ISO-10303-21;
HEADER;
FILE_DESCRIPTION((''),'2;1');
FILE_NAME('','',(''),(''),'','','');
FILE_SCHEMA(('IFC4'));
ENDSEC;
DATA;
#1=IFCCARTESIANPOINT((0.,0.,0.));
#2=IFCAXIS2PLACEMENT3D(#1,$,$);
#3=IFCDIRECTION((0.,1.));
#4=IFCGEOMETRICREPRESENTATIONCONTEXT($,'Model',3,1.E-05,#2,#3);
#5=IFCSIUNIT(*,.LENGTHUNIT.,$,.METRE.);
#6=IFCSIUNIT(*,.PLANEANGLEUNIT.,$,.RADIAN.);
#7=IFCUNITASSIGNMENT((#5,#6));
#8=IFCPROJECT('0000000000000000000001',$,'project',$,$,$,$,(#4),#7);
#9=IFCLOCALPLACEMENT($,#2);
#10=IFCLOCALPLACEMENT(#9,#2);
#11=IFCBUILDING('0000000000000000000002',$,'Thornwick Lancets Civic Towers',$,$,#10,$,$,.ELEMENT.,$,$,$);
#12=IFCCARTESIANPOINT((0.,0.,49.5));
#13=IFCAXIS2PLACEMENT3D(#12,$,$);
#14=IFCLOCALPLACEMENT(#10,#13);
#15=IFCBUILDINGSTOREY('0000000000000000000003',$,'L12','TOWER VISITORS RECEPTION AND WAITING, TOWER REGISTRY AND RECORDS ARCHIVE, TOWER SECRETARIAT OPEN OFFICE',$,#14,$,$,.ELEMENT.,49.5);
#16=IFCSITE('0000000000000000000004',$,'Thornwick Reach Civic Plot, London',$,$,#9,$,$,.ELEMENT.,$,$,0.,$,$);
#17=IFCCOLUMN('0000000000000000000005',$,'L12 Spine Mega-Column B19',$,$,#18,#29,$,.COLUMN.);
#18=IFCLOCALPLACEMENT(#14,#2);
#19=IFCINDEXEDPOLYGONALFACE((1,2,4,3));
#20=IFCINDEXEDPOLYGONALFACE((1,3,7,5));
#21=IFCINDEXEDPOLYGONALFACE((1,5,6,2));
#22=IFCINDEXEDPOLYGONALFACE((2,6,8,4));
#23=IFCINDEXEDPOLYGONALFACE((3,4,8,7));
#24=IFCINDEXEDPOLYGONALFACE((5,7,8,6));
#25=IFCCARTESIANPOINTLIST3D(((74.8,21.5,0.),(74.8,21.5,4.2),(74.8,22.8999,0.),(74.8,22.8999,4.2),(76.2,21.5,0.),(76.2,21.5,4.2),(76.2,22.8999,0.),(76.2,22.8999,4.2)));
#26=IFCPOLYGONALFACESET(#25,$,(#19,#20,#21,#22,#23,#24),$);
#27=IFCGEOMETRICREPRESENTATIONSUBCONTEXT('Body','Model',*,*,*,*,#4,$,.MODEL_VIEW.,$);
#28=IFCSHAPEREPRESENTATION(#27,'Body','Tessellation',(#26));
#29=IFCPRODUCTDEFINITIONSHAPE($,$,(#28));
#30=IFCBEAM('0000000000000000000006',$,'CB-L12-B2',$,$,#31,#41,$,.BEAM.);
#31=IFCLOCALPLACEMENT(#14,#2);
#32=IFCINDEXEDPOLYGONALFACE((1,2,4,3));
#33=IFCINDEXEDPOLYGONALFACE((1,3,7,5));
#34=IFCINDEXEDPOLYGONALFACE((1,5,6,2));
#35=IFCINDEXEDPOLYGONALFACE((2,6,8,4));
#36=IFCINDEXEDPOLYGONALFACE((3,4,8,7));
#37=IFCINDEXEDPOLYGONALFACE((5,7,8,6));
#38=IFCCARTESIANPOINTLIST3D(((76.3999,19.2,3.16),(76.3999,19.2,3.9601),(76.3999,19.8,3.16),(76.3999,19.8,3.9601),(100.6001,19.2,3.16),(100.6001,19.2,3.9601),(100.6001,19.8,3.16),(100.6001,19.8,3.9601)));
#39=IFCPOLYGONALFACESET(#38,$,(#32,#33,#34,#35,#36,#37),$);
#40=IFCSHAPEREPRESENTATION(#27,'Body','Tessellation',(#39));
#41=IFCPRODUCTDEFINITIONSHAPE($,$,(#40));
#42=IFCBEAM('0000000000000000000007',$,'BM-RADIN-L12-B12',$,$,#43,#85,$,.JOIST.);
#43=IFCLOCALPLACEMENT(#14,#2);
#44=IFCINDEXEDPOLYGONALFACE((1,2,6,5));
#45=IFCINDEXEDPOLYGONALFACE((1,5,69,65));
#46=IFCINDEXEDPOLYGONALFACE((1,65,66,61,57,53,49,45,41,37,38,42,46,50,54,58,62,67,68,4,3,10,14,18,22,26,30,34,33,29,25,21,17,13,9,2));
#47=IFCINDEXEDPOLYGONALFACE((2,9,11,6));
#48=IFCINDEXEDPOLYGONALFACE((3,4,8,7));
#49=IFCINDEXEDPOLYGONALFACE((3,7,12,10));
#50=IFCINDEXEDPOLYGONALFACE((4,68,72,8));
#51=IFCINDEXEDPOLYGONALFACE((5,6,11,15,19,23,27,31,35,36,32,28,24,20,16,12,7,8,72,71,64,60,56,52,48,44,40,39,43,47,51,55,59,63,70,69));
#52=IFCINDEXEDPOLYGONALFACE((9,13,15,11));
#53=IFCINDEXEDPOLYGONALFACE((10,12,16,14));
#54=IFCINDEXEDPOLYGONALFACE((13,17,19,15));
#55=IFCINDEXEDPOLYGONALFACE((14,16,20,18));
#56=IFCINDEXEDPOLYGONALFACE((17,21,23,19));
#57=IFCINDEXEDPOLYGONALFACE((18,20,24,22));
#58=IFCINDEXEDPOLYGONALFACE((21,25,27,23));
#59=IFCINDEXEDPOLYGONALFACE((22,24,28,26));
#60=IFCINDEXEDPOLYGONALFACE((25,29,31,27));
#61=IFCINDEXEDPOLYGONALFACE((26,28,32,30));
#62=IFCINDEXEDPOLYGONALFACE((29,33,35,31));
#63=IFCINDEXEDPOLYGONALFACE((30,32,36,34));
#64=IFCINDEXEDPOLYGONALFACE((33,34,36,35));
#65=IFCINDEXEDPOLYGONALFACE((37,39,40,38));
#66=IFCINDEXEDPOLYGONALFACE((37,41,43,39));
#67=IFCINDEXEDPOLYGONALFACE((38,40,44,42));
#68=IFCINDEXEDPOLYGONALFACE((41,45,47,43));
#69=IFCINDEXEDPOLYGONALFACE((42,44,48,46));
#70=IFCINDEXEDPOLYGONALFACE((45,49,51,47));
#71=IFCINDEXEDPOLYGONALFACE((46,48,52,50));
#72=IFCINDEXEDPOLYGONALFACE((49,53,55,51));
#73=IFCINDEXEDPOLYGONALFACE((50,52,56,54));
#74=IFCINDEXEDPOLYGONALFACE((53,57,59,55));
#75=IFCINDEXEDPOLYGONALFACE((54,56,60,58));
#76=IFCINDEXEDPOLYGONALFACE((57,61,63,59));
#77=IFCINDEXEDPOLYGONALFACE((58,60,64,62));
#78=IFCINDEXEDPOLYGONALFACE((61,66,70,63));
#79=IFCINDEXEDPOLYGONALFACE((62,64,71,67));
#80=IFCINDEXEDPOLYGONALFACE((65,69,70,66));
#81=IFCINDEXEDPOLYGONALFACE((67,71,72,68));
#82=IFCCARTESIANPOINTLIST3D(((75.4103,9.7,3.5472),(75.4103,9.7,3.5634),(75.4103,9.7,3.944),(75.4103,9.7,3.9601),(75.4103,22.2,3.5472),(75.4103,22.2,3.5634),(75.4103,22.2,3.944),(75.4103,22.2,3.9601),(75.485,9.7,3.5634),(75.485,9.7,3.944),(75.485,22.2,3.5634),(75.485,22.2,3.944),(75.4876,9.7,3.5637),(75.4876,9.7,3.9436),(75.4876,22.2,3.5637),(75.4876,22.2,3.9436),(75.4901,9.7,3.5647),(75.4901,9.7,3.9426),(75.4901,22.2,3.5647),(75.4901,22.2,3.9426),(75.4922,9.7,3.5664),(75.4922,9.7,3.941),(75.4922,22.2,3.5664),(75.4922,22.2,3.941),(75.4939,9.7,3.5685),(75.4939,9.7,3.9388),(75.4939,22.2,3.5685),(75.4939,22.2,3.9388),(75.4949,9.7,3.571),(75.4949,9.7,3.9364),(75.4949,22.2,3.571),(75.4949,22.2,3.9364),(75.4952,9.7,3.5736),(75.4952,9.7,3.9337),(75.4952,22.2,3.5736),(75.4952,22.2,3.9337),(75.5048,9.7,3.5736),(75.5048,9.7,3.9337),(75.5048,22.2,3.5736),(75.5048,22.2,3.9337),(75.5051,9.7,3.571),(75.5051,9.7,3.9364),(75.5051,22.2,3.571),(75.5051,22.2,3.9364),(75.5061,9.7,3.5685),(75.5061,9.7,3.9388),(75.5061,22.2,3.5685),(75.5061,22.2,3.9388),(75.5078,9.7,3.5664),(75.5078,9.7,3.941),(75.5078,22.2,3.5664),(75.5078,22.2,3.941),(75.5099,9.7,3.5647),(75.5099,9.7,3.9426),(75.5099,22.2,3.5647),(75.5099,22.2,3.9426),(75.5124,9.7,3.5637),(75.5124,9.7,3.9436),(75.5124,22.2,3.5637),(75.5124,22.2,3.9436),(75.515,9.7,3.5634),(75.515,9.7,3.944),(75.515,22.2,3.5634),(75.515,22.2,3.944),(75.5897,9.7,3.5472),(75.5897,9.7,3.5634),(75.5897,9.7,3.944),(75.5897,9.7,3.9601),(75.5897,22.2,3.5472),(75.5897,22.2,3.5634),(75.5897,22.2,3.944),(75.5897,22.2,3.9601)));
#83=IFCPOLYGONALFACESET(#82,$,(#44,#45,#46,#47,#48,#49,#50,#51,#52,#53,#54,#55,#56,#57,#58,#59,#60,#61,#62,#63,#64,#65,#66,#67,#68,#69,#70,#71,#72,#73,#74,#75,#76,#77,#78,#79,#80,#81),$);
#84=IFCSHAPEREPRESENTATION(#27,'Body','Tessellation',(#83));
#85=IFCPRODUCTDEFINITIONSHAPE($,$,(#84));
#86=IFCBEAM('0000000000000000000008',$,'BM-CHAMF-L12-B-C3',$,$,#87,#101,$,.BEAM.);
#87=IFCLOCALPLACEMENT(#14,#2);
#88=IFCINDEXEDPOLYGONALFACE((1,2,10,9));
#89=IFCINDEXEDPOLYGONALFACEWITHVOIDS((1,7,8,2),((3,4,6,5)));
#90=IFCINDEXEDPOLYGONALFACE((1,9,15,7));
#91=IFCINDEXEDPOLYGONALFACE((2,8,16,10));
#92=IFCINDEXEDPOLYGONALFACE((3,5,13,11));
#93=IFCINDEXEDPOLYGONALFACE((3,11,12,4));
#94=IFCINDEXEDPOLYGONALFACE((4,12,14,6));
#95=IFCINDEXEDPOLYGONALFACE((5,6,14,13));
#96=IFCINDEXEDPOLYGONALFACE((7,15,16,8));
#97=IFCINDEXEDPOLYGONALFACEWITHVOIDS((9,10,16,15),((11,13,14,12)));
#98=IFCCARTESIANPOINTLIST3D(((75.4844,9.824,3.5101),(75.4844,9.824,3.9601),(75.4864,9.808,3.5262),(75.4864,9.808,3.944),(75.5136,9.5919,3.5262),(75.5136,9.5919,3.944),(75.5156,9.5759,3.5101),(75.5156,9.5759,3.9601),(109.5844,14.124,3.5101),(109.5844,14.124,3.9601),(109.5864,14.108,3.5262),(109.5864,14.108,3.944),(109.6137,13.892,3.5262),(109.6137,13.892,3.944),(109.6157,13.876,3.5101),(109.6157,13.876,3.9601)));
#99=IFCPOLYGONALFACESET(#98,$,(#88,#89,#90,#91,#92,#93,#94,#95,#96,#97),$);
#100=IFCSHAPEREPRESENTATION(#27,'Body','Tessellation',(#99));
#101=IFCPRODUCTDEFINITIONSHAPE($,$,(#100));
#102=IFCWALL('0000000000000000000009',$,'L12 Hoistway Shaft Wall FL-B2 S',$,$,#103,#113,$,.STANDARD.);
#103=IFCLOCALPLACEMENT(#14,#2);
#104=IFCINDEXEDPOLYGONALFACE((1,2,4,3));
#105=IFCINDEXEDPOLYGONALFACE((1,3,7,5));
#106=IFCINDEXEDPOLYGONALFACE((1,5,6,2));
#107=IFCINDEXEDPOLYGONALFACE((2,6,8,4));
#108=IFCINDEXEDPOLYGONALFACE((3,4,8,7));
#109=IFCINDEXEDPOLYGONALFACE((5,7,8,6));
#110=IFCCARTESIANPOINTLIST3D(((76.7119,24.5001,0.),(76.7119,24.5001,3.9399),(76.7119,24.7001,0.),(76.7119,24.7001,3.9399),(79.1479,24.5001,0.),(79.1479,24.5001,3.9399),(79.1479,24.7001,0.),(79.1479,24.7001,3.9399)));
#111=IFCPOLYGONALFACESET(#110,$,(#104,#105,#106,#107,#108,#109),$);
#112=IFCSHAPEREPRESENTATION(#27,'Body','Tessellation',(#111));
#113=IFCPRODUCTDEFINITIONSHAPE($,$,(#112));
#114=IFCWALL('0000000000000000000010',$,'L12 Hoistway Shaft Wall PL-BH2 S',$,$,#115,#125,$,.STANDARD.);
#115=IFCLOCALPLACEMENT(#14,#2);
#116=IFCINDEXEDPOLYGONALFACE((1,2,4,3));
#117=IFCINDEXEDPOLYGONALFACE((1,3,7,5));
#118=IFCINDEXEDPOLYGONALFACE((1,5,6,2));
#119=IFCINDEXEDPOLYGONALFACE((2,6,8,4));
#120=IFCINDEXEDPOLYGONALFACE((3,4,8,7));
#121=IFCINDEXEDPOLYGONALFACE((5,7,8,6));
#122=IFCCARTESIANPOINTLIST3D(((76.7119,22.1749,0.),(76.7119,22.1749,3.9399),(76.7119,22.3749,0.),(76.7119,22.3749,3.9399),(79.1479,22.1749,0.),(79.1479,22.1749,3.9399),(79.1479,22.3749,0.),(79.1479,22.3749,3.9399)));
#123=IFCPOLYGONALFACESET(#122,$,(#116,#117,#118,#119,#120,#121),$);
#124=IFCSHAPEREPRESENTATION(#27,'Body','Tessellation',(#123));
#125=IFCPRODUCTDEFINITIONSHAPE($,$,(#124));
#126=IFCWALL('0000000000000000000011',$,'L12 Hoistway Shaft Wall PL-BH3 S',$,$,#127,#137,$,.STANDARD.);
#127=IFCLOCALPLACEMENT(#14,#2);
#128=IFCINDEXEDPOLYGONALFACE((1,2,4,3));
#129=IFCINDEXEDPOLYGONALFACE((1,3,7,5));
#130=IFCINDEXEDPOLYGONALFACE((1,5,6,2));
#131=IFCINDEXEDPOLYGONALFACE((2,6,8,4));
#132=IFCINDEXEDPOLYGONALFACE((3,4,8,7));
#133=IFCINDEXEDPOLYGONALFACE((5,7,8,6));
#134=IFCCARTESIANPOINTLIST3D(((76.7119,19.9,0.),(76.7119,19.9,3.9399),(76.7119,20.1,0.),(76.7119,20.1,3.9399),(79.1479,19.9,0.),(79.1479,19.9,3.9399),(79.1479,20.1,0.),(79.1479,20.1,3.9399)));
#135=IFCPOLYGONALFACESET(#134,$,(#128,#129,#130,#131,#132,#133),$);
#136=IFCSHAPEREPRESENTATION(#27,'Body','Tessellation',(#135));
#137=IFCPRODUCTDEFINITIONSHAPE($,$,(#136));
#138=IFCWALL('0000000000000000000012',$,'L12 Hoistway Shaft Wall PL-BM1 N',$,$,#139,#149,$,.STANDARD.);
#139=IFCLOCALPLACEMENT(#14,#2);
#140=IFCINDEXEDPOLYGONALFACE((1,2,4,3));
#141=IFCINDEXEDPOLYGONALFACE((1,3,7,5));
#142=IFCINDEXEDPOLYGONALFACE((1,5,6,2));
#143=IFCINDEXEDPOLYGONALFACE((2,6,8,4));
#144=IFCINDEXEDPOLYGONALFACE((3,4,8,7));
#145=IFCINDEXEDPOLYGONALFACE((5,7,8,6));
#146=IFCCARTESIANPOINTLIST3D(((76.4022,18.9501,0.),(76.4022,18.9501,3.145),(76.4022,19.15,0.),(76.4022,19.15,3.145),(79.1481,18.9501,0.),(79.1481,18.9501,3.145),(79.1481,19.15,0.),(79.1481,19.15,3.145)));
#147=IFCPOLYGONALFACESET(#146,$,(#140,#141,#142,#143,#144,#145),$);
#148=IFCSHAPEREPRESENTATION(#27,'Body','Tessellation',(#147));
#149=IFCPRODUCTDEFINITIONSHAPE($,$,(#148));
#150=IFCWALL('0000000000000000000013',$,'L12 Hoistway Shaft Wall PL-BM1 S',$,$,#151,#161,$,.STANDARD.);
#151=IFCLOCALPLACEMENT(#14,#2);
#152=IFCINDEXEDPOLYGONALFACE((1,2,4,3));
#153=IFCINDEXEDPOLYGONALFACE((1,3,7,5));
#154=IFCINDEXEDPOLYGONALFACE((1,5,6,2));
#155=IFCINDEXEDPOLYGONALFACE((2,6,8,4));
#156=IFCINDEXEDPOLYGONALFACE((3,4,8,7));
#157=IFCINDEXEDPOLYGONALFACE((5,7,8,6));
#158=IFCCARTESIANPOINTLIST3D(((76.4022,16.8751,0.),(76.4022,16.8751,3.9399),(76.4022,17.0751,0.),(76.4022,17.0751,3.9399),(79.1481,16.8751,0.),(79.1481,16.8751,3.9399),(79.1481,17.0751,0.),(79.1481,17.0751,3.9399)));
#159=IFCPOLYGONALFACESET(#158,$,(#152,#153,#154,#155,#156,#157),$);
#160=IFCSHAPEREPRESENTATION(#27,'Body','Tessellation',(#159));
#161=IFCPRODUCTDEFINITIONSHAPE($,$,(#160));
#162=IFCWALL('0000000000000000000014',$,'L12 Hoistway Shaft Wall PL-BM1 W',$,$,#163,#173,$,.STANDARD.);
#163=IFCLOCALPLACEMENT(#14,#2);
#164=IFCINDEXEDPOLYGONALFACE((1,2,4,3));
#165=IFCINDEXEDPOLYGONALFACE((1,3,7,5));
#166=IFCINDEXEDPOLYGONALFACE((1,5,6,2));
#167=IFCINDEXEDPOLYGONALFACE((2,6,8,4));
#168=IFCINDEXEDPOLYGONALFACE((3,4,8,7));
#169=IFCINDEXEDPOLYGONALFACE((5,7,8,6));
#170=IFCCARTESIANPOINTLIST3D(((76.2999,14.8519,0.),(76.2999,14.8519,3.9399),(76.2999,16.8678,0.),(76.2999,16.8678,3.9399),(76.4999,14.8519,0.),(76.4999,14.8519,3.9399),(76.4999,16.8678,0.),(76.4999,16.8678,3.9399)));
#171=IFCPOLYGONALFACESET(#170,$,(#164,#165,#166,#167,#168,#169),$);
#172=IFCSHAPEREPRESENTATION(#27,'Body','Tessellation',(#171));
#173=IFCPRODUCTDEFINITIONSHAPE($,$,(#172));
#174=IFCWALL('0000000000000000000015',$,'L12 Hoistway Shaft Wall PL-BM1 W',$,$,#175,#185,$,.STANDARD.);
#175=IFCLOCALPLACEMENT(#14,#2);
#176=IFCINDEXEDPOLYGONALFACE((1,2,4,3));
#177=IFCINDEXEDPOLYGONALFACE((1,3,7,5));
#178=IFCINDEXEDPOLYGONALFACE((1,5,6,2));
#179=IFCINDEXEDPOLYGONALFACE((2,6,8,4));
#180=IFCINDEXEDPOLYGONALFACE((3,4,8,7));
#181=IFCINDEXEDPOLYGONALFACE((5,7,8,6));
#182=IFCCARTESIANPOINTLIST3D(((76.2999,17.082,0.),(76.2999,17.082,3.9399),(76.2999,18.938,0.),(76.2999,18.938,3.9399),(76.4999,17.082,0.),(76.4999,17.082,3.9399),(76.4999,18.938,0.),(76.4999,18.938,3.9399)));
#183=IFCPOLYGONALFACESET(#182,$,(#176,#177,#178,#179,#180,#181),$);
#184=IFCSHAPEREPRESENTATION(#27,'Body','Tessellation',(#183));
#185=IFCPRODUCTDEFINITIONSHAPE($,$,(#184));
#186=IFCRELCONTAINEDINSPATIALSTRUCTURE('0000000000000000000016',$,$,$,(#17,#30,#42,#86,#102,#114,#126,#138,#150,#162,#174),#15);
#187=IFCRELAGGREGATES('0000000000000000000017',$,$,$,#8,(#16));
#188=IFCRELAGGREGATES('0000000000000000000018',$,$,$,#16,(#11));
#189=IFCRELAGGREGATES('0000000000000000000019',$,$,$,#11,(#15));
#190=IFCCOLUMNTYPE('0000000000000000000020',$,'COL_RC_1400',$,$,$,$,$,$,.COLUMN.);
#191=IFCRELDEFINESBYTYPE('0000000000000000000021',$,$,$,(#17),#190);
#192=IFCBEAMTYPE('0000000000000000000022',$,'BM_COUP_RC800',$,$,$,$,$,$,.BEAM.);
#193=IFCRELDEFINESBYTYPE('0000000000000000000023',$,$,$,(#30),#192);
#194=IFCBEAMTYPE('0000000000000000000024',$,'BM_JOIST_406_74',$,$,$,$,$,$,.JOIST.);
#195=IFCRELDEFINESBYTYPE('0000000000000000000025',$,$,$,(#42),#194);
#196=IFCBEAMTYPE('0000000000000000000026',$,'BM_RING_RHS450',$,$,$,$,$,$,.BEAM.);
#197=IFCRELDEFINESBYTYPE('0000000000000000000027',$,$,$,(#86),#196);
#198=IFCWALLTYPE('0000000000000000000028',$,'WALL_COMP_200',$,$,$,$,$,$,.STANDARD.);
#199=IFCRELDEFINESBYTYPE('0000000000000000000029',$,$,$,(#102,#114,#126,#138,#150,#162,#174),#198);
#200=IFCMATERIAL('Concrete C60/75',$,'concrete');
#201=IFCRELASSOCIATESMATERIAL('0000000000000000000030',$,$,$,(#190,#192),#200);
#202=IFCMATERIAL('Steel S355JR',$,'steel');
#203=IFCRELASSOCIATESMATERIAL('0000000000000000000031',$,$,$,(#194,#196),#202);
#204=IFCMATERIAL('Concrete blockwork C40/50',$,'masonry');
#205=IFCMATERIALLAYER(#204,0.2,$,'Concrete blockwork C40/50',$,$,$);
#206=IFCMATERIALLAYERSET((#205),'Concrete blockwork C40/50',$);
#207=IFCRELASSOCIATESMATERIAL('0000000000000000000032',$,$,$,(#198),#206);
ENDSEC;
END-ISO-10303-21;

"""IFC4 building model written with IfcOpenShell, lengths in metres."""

from ifc_helpers import new_model, si_unit, direction, frame, frame_2d, origin, origin_2d, place, context, subcontext, project, spatial, rectangle, hollow_rectangle, i_section, extrude, material, layer, layer_set, material_profile, profile_set, type_object, element, save


model = new_model("IFC4")

# Units and contexts
model_context = context("Model", 3, precision=1e-05, world=origin(), true_north=direction((0.0, 1.0)))
body_context = subcontext(model_context, "Body", "Model", "MODEL_VIEW")
ifc_project = project(units=[si_unit("LENGTHUNIT", "METRE"), si_unit("PLANEANGLEUNIT", "RADIAN")], contexts=[model_context])

# Site, building, storey
site_placement = place(None, origin())
site = spatial("IfcSite", under=ifc_project, at=site_placement, Name="Thornwick Reach Civic Plot, London", CompositionType="ELEMENT", RefElevation=0.0)
building_placement = place(site_placement, origin())
building = spatial("IfcBuilding", under=site, at=building_placement, Name="Thornwick Lancets Civic Towers", CompositionType="ELEMENT")
storey_placement = place(building_placement, frame((0.0, 0.0, 49.5)))
storey = spatial("IfcBuildingStorey", under=building, at=storey_placement, Name="L12", Description="TOWER VISITORS RECEPTION AND WAITING, TOWER REGISTRY AND RECORDS ARCHIVE, TOWER SECRETARIAT OPEN OFFICE", CompositionType="ELEMENT", Elevation=49.5)

# Column
ifc_material_1 = material(Name="Concrete C60/75", Category="concrete")
ifc_material_profile_1 = material_profile(ifc_material_1, rectangle(XDim=1.3999, YDim=1.3999, at=origin_2d()), Name="RC 1400x1400")
ifc_profile_set_1 = profile_set([ifc_material_profile_1], Name="Concrete C60/75")
column_type = type_object("IfcColumnType", Name="COL_RC_1400", PredefinedType="COLUMN", material=ifc_profile_set_1)
column_placement = place(storey_placement, frame((75.5, 22.2, 0.0), z_axis=(0.0, 0.0, 1.0), x_axis=(1.0, 0.0, 0.0)))
element("IfcColumn", 1, at=column_placement, inside=storey, type_object=column_type, Name="L12 Spine Mega-Column B19", PredefinedType="COLUMN", context=body_context, shape_type="SweptSolid", body=[
    extrude(rectangle(XDim=1.3999, YDim=1.3999, at=origin_2d()), origin(), (0.0, 0.0, 1.0), 4.2),
])

# Beams
ifc_material_profile_2 = material_profile(ifc_material_1, rectangle(XDim=0.6001, YDim=0.8, at=origin_2d()), Name="RC 600x800")
ifc_profile_set_2 = profile_set([ifc_material_profile_2], Name="Concrete C60/75")
beam_type_1 = type_object("IfcBeamType", Name="BM_COUP_RC800", PredefinedType="BEAM", material=ifc_profile_set_2)
beam_1_placement = place(storey_placement, frame((76.3999, 19.5, 3.5601), z_axis=(1.0, 0.0, 0.0), x_axis=(0.0, 1.0, 0.0)))
element("IfcBeam", 2, at=beam_1_placement, inside=storey, type_object=beam_type_1, Name="CB-L12-B2", PredefinedType="BEAM", context=body_context, shape_type="SweptSolid", body=[
    extrude(rectangle(XDim=0.6001, YDim=0.8, at=origin_2d()), origin(), (0.0, 0.0, 1.0), 24.2002),
])
ifc_material_2 = material(Name="Steel S355JR", Category="steel")
ifc_material_profile_3 = material_profile(ifc_material_2, i_section(OverallWidth=0.1794, OverallDepth=0.4128, WebThickness=0.0095, FlangeThickness=0.0161, FilletRadius=0.0103, at=origin_2d()), Name="UKB 406x178x74")
ifc_profile_set_3 = profile_set([ifc_material_profile_3], Name="Steel S355JR")
beam_type_2 = type_object("IfcBeamType", Name="BM_JOIST_406_74", PredefinedType="JOIST", material=ifc_profile_set_3)
beam_2_placement = place(storey_placement, frame((75.5, 22.2, 3.7537), z_axis=(0.0, -1.0, 0.0), x_axis=(1.0, 0.0, 0.0)))
element("IfcBeam", 3, at=beam_2_placement, inside=storey, type_object=beam_type_2, Name="BM-RADIN-L12-B12", PredefinedType="JOIST", context=body_context, shape_type="SweptSolid", body=[
    extrude(i_section(OverallWidth=0.1794, OverallDepth=0.4128, WebThickness=0.0095, FlangeThickness=0.0161, FilletRadius=0.0103, at=origin_2d()), origin(), (0.0, 0.0, 1.0), 12.5),
])
ifc_material_profile_4 = material_profile(ifc_material_2, hollow_rectangle(XDim=0.25, YDim=0.45, WallThickness=0.0161, at=origin_2d()), Name="RHS 450x250x16")
ifc_profile_set_4 = profile_set([ifc_material_profile_4], Name="Steel S355JR")
beam_type_3 = type_object("IfcBeamType", Name="BM_RING_RHS450", PredefinedType="BEAM", material=ifc_profile_set_4)
beam_3_placement = place(storey_placement, frame((75.5, 9.7, 3.7351), z_axis=(0.992143, 0.12511, 0.0), x_axis=(-0.12511, 0.992143, 0.0)))
element("IfcBeam", 4, at=beam_3_placement, inside=storey, type_object=beam_type_3, Name="BM-CHAMF-L12-B-C3", PredefinedType="BEAM", context=body_context, shape_type="SweptSolid", body=[
    extrude(hollow_rectangle(XDim=0.25, YDim=0.45, WallThickness=0.0161, at=origin_2d()), origin(), (0.0, 0.0, 1.0), 34.3701),
])

# Walls
ifc_material_3 = material(Name="Concrete blockwork C40/50", Category="masonry")
ifc_layer_1 = layer(ifc_material_3, 0.2, Name="Concrete blockwork C40/50")
ifc_layer_set_1 = layer_set([ifc_layer_1], Name="Concrete blockwork C40/50")
wall_type_1 = type_object("IfcWallType", Name="WALL_COMP_200", PredefinedType="STANDARD", material=ifc_layer_set_1)
for number, where, z_axis, x_axis, name in (
    (5, (76.7119, 24.6001, 0.0), (0.0, 0.0, 1.0), (1.0, 0.0, 0.0), "L12 Hoistway Shaft Wall FL-B2 S"),
    (6, (76.7119, 22.2749, 0.0), (0.0, 0.0, 1.0), (1.0, 0.0, 0.0), "L12 Hoistway Shaft Wall PL-BH2 S"),
    (7, (76.7119, 20.0, 0.0), (0.0, 0.0, 1.0), (1.0, 0.0, 0.0), "L12 Hoistway Shaft Wall PL-BH3 S"),
):
    element("IfcWall", number, at=place(storey_placement, frame(where, z_axis=z_axis, x_axis=x_axis)), inside=storey, type_object=wall_type_1, Name=name, PredefinedType="STANDARD", context=body_context, shape_type="SweptSolid", body=[
        extrude(rectangle(XDim=2.436, YDim=0.2, at=frame_2d((1.218, 0.0))), origin(), (0.0, 0.0, 1.0), 3.9399),
    ])
wall_1_placement = place(storey_placement, frame((76.4021, 19.05, 0.0), z_axis=(0.0, 0.0, 1.0), x_axis=(1.0, 0.0, 0.0)))
element("IfcWall", 8, at=wall_1_placement, inside=storey, type_object=wall_type_1, Name="L12 Hoistway Shaft Wall PL-BM1 N", PredefinedType="STANDARD", context=body_context, shape_type="SweptSolid", body=[
    extrude(rectangle(XDim=2.7458, YDim=0.2, at=frame_2d((1.373, 0.0))), origin(), (0.0, 0.0, 1.0), 3.145),
])
wall_2_placement = place(storey_placement, frame((76.4021, 16.9751, 0.0), z_axis=(0.0, 0.0, 1.0), x_axis=(1.0, 0.0, 0.0)))
element("IfcWall", 9, at=wall_2_placement, inside=storey, type_object=wall_type_1, Name="L12 Hoistway Shaft Wall PL-BM1 S", PredefinedType="STANDARD", context=body_context, shape_type="SweptSolid", body=[
    extrude(rectangle(XDim=2.7458, YDim=0.2, at=frame_2d((1.373, 0.0))), origin(), (0.0, 0.0, 1.0), 3.9399),
])
wall_3_placement = place(storey_placement, frame((76.3999, 14.8521, 0.0), z_axis=(0.0, 0.0, 1.0), x_axis=(0.0, 1.0, 0.0)))
element("IfcWall", 10, at=wall_3_placement, inside=storey, type_object=wall_type_1, Name="L12 Hoistway Shaft Wall PL-BM1 W", PredefinedType="STANDARD", context=body_context, shape_type="SweptSolid", body=[
    extrude(rectangle(XDim=2.0159, YDim=0.2, at=frame_2d((1.0078, 0.0))), origin(), (0.0, 0.0, 1.0), 3.9399),
])
wall_4_placement = place(storey_placement, frame((76.3999, 17.082, 0.0), z_axis=(0.0, 0.0, 1.0), x_axis=(0.0, 1.0, 0.0)))
element("IfcWall", 11, at=wall_4_placement, inside=storey, type_object=wall_type_1, Name="L12 Hoistway Shaft Wall PL-BM1 W", PredefinedType="STANDARD", context=body_context, shape_type="SweptSolid", body=[
    extrude(rectangle(XDim=1.856, YDim=0.2, at=frame_2d((0.928, 0.0))), origin(), (0.0, 0.0, 1.0), 3.9399),
])

save(model, "model.ifc")
